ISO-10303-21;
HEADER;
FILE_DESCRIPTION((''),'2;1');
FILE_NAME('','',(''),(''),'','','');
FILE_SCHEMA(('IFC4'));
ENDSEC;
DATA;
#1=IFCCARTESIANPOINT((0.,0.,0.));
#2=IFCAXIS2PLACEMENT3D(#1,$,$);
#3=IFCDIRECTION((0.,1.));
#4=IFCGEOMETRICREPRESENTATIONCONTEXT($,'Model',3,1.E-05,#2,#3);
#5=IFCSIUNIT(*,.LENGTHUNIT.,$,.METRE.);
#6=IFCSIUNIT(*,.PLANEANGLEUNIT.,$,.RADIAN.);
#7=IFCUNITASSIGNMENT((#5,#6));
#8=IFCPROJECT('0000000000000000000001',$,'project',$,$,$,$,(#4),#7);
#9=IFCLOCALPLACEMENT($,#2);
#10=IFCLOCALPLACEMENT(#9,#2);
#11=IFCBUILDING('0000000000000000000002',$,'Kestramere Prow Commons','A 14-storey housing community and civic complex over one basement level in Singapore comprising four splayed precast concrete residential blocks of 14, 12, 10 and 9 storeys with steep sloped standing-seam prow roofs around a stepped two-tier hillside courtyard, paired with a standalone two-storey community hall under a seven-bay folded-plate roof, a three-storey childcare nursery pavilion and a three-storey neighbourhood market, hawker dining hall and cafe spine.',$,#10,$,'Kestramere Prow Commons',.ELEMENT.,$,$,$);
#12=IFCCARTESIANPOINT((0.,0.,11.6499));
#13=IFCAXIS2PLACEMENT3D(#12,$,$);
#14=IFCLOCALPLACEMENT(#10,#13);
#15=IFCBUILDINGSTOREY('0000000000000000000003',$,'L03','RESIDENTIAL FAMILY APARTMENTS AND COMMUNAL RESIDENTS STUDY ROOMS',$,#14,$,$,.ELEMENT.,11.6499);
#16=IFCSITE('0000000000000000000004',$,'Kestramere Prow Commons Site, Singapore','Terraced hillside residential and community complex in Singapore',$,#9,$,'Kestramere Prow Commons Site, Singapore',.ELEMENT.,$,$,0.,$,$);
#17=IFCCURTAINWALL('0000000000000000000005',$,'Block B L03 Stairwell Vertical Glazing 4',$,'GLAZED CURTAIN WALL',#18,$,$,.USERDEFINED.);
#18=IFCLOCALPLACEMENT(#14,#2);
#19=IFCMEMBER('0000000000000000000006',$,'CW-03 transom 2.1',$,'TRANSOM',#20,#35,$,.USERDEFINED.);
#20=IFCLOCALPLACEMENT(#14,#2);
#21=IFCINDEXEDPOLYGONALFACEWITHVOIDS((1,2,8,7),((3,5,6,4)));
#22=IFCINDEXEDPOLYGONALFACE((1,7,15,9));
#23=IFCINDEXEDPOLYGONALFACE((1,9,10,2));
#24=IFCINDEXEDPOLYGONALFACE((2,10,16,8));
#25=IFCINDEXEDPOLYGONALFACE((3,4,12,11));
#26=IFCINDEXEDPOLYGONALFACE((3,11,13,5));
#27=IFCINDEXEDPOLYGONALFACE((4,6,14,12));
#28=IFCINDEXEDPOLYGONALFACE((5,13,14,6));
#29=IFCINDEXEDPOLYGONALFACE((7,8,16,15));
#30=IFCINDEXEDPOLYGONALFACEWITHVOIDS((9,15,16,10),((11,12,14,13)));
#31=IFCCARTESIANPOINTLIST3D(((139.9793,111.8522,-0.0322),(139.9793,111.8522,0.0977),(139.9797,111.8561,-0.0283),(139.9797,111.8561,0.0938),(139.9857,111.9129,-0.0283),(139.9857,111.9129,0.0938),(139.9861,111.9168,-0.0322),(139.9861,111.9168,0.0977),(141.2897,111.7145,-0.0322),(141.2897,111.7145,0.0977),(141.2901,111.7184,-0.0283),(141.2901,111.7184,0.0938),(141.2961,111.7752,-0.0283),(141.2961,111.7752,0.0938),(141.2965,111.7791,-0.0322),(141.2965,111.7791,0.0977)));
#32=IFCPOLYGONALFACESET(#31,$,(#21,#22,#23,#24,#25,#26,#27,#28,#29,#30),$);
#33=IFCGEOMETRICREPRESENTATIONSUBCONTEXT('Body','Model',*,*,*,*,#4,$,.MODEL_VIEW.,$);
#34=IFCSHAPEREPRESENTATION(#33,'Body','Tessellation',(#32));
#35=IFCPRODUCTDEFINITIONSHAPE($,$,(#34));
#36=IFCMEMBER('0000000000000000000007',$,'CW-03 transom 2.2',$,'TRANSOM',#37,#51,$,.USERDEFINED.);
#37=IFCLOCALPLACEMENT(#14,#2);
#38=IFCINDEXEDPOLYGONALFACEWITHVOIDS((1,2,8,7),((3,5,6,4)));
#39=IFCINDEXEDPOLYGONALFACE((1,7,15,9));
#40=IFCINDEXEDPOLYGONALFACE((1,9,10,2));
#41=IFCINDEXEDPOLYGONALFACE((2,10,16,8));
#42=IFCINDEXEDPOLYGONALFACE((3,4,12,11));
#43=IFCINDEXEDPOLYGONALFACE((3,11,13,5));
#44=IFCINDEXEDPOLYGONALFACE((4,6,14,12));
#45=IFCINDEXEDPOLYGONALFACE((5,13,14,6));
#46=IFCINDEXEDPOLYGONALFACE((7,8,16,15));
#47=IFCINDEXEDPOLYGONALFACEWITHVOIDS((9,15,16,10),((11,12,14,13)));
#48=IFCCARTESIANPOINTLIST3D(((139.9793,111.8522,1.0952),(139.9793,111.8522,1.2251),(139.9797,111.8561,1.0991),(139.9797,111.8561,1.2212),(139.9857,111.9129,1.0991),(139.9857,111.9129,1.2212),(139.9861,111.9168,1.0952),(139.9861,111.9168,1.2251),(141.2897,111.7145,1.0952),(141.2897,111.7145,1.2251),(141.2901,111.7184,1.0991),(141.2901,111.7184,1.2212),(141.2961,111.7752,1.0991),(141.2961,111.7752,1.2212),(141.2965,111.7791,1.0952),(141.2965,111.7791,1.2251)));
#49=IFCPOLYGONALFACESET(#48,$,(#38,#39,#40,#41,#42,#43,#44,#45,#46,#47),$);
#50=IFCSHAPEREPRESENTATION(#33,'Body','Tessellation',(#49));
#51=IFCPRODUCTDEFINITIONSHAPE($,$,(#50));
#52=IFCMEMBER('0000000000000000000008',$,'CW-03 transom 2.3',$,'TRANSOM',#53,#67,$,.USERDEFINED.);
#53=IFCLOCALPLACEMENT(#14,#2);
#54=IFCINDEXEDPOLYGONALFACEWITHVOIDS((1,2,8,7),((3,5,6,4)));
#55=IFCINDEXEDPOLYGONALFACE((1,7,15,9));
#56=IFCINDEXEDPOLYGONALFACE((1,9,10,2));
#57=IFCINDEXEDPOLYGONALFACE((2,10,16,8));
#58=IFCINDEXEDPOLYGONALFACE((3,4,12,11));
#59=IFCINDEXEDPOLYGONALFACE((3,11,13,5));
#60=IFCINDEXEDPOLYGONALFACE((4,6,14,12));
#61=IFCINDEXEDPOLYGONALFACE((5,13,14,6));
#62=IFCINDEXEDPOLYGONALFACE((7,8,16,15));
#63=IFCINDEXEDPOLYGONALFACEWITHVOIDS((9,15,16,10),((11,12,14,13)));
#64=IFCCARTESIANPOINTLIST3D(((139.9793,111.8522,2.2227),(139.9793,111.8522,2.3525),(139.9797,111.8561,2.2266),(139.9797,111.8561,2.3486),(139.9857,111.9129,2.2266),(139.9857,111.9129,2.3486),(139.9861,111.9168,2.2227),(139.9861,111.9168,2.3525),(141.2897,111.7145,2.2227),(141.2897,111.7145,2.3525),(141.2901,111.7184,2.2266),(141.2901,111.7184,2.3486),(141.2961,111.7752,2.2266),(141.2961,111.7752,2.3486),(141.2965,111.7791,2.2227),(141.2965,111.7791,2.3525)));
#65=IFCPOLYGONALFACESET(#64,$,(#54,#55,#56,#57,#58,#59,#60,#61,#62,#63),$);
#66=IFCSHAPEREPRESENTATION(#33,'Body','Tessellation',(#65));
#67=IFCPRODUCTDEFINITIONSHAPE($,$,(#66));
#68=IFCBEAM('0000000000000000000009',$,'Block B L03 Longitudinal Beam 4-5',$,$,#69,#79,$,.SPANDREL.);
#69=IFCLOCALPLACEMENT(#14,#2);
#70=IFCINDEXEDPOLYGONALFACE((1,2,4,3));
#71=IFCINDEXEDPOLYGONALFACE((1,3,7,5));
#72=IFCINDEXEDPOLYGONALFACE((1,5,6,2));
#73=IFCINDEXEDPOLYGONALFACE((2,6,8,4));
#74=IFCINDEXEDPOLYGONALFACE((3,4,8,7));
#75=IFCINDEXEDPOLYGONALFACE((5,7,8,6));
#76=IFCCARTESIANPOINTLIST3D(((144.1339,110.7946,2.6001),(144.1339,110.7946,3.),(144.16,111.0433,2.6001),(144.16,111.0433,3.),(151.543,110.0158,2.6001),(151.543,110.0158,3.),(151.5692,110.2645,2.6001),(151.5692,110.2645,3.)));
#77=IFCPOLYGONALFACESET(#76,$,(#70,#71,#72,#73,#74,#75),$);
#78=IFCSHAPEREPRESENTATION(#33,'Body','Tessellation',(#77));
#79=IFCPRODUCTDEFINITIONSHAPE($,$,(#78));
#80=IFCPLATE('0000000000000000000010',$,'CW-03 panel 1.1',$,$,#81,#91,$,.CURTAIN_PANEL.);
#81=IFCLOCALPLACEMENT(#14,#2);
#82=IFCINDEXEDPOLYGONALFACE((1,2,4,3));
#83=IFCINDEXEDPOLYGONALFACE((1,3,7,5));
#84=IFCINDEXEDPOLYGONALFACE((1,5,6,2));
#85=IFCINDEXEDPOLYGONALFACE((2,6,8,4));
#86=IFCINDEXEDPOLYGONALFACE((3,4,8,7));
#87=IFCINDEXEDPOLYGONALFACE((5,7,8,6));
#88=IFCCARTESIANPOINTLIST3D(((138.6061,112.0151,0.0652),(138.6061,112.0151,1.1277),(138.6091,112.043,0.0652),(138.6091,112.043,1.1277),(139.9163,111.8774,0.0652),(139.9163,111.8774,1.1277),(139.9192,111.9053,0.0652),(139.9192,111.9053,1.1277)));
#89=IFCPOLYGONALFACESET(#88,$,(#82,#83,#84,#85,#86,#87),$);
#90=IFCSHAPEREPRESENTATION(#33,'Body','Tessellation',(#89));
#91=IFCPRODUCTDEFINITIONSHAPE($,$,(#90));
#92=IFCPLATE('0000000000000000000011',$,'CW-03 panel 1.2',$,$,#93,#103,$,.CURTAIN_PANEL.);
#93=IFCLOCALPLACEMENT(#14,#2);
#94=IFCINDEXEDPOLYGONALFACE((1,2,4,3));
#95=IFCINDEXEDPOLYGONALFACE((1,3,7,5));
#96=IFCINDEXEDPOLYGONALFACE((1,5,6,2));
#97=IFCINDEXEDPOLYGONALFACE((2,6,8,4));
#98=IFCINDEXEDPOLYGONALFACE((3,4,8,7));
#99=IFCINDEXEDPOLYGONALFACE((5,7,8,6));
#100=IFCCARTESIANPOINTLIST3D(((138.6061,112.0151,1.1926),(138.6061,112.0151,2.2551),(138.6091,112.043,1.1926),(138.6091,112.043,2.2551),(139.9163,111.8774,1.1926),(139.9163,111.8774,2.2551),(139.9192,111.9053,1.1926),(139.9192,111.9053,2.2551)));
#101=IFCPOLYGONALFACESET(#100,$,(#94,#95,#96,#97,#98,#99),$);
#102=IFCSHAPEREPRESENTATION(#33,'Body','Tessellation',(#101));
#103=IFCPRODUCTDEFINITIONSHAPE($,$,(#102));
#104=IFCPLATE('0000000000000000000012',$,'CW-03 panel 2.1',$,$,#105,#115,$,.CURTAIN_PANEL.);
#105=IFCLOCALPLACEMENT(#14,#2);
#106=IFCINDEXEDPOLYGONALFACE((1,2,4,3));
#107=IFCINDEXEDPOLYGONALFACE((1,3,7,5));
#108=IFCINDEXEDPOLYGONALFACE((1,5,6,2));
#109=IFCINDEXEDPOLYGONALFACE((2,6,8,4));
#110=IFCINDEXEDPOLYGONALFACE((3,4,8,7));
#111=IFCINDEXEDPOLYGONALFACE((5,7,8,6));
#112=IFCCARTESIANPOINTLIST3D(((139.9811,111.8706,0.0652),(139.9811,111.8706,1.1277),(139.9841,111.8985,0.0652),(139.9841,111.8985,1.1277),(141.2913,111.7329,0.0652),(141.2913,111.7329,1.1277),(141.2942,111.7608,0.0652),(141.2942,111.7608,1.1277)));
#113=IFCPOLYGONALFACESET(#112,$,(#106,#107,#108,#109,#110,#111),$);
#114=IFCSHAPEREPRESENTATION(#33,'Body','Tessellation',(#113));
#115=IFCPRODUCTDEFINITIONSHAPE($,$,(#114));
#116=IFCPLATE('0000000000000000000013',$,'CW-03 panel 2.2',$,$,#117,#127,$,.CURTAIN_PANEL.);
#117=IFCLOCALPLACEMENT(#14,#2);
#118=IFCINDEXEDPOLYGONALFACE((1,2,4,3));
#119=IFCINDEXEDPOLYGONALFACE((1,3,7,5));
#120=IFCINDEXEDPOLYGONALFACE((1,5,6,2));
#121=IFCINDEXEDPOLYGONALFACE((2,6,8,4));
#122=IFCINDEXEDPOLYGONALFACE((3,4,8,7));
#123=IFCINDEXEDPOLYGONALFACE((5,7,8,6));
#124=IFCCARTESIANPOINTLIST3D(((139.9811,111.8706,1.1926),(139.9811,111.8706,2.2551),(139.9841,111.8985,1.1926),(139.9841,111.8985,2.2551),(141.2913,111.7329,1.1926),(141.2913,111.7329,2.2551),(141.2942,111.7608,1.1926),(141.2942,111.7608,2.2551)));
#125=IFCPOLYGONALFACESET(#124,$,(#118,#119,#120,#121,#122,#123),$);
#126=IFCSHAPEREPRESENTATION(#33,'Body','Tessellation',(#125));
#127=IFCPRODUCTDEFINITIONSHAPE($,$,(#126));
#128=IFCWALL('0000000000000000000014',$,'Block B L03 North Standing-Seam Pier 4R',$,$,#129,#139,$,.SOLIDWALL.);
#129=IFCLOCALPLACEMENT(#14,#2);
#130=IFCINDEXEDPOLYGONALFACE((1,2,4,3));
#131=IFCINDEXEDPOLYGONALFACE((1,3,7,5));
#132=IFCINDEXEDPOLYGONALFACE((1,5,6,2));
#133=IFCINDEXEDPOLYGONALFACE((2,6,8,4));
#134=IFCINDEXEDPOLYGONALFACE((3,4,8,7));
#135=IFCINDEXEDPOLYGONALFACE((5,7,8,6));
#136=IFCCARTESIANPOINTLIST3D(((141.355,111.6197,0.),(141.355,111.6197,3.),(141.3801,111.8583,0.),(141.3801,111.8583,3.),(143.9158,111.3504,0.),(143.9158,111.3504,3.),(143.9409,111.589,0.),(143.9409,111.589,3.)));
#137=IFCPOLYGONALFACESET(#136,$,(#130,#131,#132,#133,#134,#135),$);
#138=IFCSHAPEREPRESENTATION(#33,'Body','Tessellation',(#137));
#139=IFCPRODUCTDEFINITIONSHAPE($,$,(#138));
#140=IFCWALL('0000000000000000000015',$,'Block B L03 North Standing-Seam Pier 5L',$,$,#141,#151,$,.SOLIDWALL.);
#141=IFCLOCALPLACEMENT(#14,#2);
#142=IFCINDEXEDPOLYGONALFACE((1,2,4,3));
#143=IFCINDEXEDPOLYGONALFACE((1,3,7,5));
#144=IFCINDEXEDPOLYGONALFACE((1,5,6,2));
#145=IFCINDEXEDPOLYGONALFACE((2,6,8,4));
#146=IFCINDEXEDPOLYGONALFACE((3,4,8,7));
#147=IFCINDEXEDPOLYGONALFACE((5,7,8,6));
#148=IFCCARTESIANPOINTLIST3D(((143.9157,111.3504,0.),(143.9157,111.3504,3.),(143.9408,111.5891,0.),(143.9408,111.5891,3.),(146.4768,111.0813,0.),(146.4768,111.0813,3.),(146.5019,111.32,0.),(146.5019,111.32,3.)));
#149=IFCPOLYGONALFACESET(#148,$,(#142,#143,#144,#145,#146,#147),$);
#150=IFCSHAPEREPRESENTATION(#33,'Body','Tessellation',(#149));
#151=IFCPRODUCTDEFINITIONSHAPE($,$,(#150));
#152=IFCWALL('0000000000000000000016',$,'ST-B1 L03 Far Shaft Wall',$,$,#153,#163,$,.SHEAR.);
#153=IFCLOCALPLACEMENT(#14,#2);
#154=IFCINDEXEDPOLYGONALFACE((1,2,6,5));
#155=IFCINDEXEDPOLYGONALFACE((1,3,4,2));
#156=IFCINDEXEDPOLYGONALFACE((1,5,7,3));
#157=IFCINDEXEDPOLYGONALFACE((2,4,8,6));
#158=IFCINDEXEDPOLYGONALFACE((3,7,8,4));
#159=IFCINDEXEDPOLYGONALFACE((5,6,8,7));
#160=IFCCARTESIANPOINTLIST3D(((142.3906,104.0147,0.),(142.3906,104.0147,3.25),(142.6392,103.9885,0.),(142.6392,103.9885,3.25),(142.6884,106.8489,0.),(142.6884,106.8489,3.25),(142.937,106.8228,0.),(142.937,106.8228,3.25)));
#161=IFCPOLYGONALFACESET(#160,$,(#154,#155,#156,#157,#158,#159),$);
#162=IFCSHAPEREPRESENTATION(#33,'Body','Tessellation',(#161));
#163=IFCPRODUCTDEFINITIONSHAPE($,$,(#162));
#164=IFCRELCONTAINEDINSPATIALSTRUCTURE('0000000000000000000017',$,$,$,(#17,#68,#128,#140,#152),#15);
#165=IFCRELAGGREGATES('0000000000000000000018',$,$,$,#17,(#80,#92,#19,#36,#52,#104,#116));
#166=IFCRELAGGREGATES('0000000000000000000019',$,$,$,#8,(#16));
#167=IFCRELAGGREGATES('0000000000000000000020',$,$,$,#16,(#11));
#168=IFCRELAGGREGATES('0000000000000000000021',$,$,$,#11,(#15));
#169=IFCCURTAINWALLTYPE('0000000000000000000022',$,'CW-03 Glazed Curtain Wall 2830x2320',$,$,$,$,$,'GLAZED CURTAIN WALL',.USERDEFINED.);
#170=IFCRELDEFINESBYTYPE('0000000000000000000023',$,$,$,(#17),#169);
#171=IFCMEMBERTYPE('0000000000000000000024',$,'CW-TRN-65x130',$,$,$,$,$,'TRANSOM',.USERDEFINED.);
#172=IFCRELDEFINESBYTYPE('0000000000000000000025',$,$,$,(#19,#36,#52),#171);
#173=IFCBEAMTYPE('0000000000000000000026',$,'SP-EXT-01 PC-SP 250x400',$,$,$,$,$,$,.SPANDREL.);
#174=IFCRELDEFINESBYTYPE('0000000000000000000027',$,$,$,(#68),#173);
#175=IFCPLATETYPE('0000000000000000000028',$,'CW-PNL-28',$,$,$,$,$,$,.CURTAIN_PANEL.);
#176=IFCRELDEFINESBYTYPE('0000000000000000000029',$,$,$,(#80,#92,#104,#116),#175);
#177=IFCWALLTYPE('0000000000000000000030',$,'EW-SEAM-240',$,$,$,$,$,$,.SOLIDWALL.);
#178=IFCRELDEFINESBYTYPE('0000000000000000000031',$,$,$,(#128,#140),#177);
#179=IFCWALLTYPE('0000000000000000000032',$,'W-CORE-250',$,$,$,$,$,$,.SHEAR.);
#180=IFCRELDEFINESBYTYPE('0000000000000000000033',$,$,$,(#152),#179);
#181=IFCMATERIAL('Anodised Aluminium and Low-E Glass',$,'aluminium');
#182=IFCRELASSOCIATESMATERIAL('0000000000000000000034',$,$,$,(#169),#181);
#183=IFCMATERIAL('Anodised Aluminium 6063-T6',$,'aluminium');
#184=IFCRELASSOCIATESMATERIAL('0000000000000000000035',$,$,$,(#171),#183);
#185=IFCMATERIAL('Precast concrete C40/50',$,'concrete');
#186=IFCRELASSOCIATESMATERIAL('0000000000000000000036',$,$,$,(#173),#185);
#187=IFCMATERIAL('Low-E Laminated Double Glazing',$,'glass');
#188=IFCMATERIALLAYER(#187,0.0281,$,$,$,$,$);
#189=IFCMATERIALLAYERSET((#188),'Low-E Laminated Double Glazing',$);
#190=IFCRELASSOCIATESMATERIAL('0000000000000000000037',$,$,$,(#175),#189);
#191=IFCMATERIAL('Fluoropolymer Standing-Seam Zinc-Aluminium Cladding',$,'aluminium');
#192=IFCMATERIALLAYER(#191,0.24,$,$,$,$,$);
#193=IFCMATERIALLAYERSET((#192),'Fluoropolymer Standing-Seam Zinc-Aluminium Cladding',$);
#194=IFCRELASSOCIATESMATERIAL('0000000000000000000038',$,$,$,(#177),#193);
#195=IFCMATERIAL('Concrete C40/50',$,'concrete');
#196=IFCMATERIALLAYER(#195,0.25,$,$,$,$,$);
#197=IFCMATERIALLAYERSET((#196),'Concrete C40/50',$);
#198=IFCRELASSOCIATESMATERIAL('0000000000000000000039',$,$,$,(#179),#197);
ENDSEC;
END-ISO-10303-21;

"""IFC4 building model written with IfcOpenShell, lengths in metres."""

from ifc_helpers import new_model, si_unit, direction, frame, frame_2d, origin, origin_2d, place, context, subcontext, project, spatial, rectangle, hollow_rectangle, extrude, material, layer, layer_set, material_profile, profile_set, type_object, element, aggregate, save


model = new_model("IFC4")

# Units and contexts
model_context = context("Model", 3, precision=1e-05, world=origin(), true_north=direction((0.0, 1.0)))
body_context = subcontext(model_context, "Body", "Model", "MODEL_VIEW")
ifc_project = project(units=[si_unit("LENGTHUNIT", "METRE"), si_unit("PLANEANGLEUNIT", "RADIAN")], contexts=[model_context])

# Site, building, storey
site_placement = place(None, origin())
site = spatial("IfcSite", under=ifc_project, at=site_placement, Name="Kestramere Prow Commons Site, Singapore", Description="Terraced hillside residential and community complex in Singapore", LongName="Kestramere Prow Commons Site, Singapore", CompositionType="ELEMENT", RefElevation=0.0)
building_placement = place(site_placement, origin())
building = spatial("IfcBuilding", under=site, at=building_placement, Name="Kestramere Prow Commons", Description="A 14-storey housing community and civic complex over one basement level in Singapore comprising four splayed precast concrete residential blocks of 14, 12, 10 and 9 storeys with steep sloped standing-seam prow roofs around a stepped two-tier hillside courtyard, paired with a standalone two-storey community hall under a seven-bay folded-plate roof, a three-storey childcare nursery pavilion and a three-storey neighbourhood market, hawker dining hall and cafe spine.", LongName="Kestramere Prow Commons", CompositionType="ELEMENT")
storey_placement = place(building_placement, frame((0.0, 0.0, 11.6499)))
storey = spatial("IfcBuildingStorey", under=building, at=storey_placement, Name="L03", Description="RESIDENTIAL FAMILY APARTMENTS AND COMMUNAL RESIDENTS STUDY ROOMS", CompositionType="ELEMENT", Elevation=11.6499)

# Shared definitions
ifc_material_1 = material(Name="Precast concrete C40/50", Category="concrete")

# Shared definitions
ifc_material_2 = material(Name="Concrete C40/50", Category="concrete")

# Curtain wall
ifc_material_3 = material(Name="Anodised Aluminium and Low-E Glass", Category="aluminium")
curtain_wall_type = type_object("IfcCurtainWallType", Name="CW-03 Glazed Curtain Wall 2830x2320", ElementType="GLAZED CURTAIN WALL", PredefinedType="USERDEFINED", material=ifc_material_3)
curtain_wall_1_placement = place(storey_placement, origin())
curtain_wall_1 = element("IfcCurtainWall", 1, at=curtain_wall_1_placement, inside=storey, type_object=curtain_wall_type, Name="Block B L03 Stairwell Vertical Glazing 4", ObjectType="GLAZED CURTAIN WALL", PredefinedType="USERDEFINED")
ifc_material_4 = material(Name="Anodised Aluminium 6063-T6", Category="aluminium")

# Members
ifc_material_profile_1 = material_profile(ifc_material_4, hollow_rectangle(XDim=0.0649, YDim=0.1299, WallThickness=0.0039, at=origin_2d()), Name="ALU-TRN 65x130")
ifc_profile_set_1 = profile_set([ifc_material_profile_1], Name="Anodised Aluminium 6063-T6")
member_type_1 = type_object("IfcMemberType", Name="CW-TRN-65x130", ElementType="TRANSOM", PredefinedType="USERDEFINED", material=ifc_profile_set_1)
member_1_placement = place(storey_placement, frame((139.9827, 111.8845, 0.0327), z_axis=(0.994524, -0.104511, 0.0), x_axis=(0.104511, 0.994524, 0.0)))
member_1 = element("IfcMember", 2, at=member_1_placement, type_object=member_type_1, Name="CW-03 transom 2.1", ObjectType="TRANSOM", PredefinedType="USERDEFINED", context=body_context, shape_type="SweptSolid", body=[
    extrude(hollow_rectangle(XDim=0.0649, YDim=0.1299, WallThickness=0.0039, at=origin_2d()), origin(), (0.0, 0.0, 1.0), 1.3176),
])
member_2_placement = place(storey_placement, frame((139.9827, 111.8845, 1.1602), z_axis=(0.994524, -0.104511, 0.0), x_axis=(0.104511, 0.994524, 0.0)))
member_2 = element("IfcMember", 3, at=member_2_placement, type_object=member_type_1, Name="CW-03 transom 2.2", ObjectType="TRANSOM", PredefinedType="USERDEFINED", context=body_context, shape_type="SweptSolid", body=[
    extrude(hollow_rectangle(XDim=0.0649, YDim=0.1299, WallThickness=0.0039, at=origin_2d()), origin(), (0.0, 0.0, 1.0), 1.3176),
])
member_3_placement = place(storey_placement, frame((139.9827, 111.8845, 2.2876), z_axis=(0.994524, -0.104511, 0.0), x_axis=(0.104511, 0.994524, 0.0)))
member_3 = element("IfcMember", 4, at=member_3_placement, type_object=member_type_1, Name="CW-03 transom 2.3", ObjectType="TRANSOM", PredefinedType="USERDEFINED", context=body_context, shape_type="SweptSolid", body=[
    extrude(hollow_rectangle(XDim=0.0649, YDim=0.1299, WallThickness=0.0039, at=origin_2d()), origin(), (0.0, 0.0, 1.0), 1.3176),
])

# Beam
ifc_material_profile_2 = material_profile(ifc_material_1, rectangle(XDim=0.25, YDim=0.3999, at=origin_2d()), Name="PC-SP 250x400")
ifc_profile_set_2 = profile_set([ifc_material_profile_2], Name="Precast concrete C40/50")
beam_type_1 = type_object("IfcBeamType", Name="SP-EXT-01 PC-SP 250x400", PredefinedType="SPANDREL", material=ifc_profile_set_2)
beam_1_placement = place(storey_placement, frame((144.147, 110.9189, 2.8), z_axis=(0.994521, -0.104538, 0.0), x_axis=(0.104538, 0.994521, 0.0)))
element("IfcBeam", 5, at=beam_1_placement, inside=storey, type_object=beam_type_1, Name="Block B L03 Longitudinal Beam 4-5", PredefinedType="SPANDREL", context=body_context, shape_type="SweptSolid", body=[
    extrude(rectangle(XDim=0.25, YDim=0.3999, at=origin_2d()), origin(), (0.0, 0.0, 1.0), 7.45),
])

# Plates
ifc_material_5 = material(Name="Low-E Laminated Double Glazing", Category="glass")
ifc_layer_1 = layer(ifc_material_5, 0.0281)
ifc_layer_set_1 = layer_set([ifc_layer_1], Name="Low-E Laminated Double Glazing")
plate_type = type_object("IfcPlateType", Name="CW-PNL-28", PredefinedType="CURTAIN_PANEL", material=ifc_layer_set_1)
plate_1_placement = place(storey_placement, frame((139.2627, 111.9602, 0.0652), z_axis=(0.0, 0.0, 1.0), x_axis=(0.994522, -0.104529, 0.0)))
plate_1 = element("IfcPlate", 6, at=plate_1_placement, type_object=plate_type, Name="CW-03 panel 1.1", PredefinedType="CURTAIN_PANEL", context=body_context, shape_type="SweptSolid", body=[
    extrude(rectangle(XDim=1.3174, YDim=0.0281, at=origin_2d()), origin(), (0.0, 0.0, 1.0), 1.0625),
])
plate_2_placement = place(storey_placement, frame((139.2627, 111.9602, 1.1926), z_axis=(0.0, 0.0, 1.0), x_axis=(0.994522, -0.104529, 0.0)))
plate_2 = element("IfcPlate", 7, at=plate_2_placement, type_object=plate_type, Name="CW-03 panel 1.2", PredefinedType="CURTAIN_PANEL", context=body_context, shape_type="SweptSolid", body=[
    extrude(rectangle(XDim=1.3174, YDim=0.0281, at=origin_2d()), origin(), (0.0, 0.0, 1.0), 1.0625),
])
plate_3_placement = place(storey_placement, frame((140.6377, 111.8157, 0.0652), z_axis=(0.0, 0.0, 1.0), x_axis=(0.994522, -0.104529, 0.0)))
plate_3 = element("IfcPlate", 8, at=plate_3_placement, type_object=plate_type, Name="CW-03 panel 2.1", PredefinedType="CURTAIN_PANEL", context=body_context, shape_type="SweptSolid", body=[
    extrude(rectangle(XDim=1.3174, YDim=0.0281, at=origin_2d()), origin(), (0.0, 0.0, 1.0), 1.0625),
])
plate_4_placement = place(storey_placement, frame((140.6377, 111.8157, 1.1926), z_axis=(0.0, 0.0, 1.0), x_axis=(0.994522, -0.104529, 0.0)))
plate_4 = element("IfcPlate", 9, at=plate_4_placement, type_object=plate_type, Name="CW-03 panel 2.2", PredefinedType="CURTAIN_PANEL", context=body_context, shape_type="SweptSolid", body=[
    extrude(rectangle(XDim=1.3174, YDim=0.0281, at=origin_2d()), origin(), (0.0, 0.0, 1.0), 1.0625),
])
aggregate(curtain_wall_1, [plate_1, plate_2, member_1, member_2, member_3, plate_3, plate_4])

# Walls
ifc_material_6 = material(Name="Fluoropolymer Standing-Seam Zinc-Aluminium Cladding", Category="aluminium")
ifc_layer_2 = layer(ifc_material_6, 0.24)
ifc_layer_set_2 = layer_set([ifc_layer_2], Name="Fluoropolymer Standing-Seam Zinc-Aluminium Cladding")
wall_type_1 = type_object("IfcWallType", Name="EW-SEAM-240", PredefinedType="SOLIDWALL", material=ifc_layer_set_2)
wall_1_placement = place(storey_placement, frame((141.3674, 111.739, 0.0), z_axis=(0.0, 0.0, 1.0), x_axis=(0.994516, -0.104581, 0.0)))
element("IfcWall", 10, at=wall_1_placement, inside=storey, type_object=wall_type_1, Name="Block B L03 North Standing-Seam Pier 4R", PredefinedType="SOLIDWALL", context=body_context, shape_type="SweptSolid", body=[
    extrude(rectangle(XDim=2.575, YDim=0.24, at=frame_2d((1.2876, 0.0))), origin(), (0.0, 0.0, 1.0), 3.0),
])
wall_2_placement = place(storey_placement, frame((143.9282, 111.4697, 0.0), z_axis=(0.0, 0.0, 1.0), x_axis=(0.994527, -0.104478, 0.0)))
element("IfcWall", 11, at=wall_2_placement, inside=storey, type_object=wall_type_1, Name="Block B L03 North Standing-Seam Pier 5L", PredefinedType="SOLIDWALL", context=body_context, shape_type="SweptSolid", body=[
    extrude(rectangle(XDim=2.5752, YDim=0.24, at=frame_2d((1.2876, 0.0))), origin(), (0.0, 0.0, 1.0), 3.0),
])
ifc_layer_3 = layer(ifc_material_2, 0.25)
ifc_layer_set_3 = layer_set([ifc_layer_3], Name="Concrete C40/50")
wall_type_2 = type_object("IfcWallType", Name="W-CORE-250", PredefinedType="SHEAR", material=ifc_layer_set_3)
wall_3_placement = place(storey_placement, frame((142.5149, 104.0017, 0.0), z_axis=(0.0, 0.0, 1.0), x_axis=(0.104515, 0.994523, 0.0)))
element("IfcWall", 12, at=wall_3_placement, inside=storey, type_object=wall_type_2, Name="ST-B1 L03 Far Shaft Wall", PredefinedType="SHEAR", context=body_context, shape_type="SweptSolid", body=[
    extrude(rectangle(XDim=2.8499, YDim=0.25, at=frame_2d((1.4248, 0.0))), origin(), (0.0, 0.0, 1.0), 3.25),
])

save(model, "model.ifc")
